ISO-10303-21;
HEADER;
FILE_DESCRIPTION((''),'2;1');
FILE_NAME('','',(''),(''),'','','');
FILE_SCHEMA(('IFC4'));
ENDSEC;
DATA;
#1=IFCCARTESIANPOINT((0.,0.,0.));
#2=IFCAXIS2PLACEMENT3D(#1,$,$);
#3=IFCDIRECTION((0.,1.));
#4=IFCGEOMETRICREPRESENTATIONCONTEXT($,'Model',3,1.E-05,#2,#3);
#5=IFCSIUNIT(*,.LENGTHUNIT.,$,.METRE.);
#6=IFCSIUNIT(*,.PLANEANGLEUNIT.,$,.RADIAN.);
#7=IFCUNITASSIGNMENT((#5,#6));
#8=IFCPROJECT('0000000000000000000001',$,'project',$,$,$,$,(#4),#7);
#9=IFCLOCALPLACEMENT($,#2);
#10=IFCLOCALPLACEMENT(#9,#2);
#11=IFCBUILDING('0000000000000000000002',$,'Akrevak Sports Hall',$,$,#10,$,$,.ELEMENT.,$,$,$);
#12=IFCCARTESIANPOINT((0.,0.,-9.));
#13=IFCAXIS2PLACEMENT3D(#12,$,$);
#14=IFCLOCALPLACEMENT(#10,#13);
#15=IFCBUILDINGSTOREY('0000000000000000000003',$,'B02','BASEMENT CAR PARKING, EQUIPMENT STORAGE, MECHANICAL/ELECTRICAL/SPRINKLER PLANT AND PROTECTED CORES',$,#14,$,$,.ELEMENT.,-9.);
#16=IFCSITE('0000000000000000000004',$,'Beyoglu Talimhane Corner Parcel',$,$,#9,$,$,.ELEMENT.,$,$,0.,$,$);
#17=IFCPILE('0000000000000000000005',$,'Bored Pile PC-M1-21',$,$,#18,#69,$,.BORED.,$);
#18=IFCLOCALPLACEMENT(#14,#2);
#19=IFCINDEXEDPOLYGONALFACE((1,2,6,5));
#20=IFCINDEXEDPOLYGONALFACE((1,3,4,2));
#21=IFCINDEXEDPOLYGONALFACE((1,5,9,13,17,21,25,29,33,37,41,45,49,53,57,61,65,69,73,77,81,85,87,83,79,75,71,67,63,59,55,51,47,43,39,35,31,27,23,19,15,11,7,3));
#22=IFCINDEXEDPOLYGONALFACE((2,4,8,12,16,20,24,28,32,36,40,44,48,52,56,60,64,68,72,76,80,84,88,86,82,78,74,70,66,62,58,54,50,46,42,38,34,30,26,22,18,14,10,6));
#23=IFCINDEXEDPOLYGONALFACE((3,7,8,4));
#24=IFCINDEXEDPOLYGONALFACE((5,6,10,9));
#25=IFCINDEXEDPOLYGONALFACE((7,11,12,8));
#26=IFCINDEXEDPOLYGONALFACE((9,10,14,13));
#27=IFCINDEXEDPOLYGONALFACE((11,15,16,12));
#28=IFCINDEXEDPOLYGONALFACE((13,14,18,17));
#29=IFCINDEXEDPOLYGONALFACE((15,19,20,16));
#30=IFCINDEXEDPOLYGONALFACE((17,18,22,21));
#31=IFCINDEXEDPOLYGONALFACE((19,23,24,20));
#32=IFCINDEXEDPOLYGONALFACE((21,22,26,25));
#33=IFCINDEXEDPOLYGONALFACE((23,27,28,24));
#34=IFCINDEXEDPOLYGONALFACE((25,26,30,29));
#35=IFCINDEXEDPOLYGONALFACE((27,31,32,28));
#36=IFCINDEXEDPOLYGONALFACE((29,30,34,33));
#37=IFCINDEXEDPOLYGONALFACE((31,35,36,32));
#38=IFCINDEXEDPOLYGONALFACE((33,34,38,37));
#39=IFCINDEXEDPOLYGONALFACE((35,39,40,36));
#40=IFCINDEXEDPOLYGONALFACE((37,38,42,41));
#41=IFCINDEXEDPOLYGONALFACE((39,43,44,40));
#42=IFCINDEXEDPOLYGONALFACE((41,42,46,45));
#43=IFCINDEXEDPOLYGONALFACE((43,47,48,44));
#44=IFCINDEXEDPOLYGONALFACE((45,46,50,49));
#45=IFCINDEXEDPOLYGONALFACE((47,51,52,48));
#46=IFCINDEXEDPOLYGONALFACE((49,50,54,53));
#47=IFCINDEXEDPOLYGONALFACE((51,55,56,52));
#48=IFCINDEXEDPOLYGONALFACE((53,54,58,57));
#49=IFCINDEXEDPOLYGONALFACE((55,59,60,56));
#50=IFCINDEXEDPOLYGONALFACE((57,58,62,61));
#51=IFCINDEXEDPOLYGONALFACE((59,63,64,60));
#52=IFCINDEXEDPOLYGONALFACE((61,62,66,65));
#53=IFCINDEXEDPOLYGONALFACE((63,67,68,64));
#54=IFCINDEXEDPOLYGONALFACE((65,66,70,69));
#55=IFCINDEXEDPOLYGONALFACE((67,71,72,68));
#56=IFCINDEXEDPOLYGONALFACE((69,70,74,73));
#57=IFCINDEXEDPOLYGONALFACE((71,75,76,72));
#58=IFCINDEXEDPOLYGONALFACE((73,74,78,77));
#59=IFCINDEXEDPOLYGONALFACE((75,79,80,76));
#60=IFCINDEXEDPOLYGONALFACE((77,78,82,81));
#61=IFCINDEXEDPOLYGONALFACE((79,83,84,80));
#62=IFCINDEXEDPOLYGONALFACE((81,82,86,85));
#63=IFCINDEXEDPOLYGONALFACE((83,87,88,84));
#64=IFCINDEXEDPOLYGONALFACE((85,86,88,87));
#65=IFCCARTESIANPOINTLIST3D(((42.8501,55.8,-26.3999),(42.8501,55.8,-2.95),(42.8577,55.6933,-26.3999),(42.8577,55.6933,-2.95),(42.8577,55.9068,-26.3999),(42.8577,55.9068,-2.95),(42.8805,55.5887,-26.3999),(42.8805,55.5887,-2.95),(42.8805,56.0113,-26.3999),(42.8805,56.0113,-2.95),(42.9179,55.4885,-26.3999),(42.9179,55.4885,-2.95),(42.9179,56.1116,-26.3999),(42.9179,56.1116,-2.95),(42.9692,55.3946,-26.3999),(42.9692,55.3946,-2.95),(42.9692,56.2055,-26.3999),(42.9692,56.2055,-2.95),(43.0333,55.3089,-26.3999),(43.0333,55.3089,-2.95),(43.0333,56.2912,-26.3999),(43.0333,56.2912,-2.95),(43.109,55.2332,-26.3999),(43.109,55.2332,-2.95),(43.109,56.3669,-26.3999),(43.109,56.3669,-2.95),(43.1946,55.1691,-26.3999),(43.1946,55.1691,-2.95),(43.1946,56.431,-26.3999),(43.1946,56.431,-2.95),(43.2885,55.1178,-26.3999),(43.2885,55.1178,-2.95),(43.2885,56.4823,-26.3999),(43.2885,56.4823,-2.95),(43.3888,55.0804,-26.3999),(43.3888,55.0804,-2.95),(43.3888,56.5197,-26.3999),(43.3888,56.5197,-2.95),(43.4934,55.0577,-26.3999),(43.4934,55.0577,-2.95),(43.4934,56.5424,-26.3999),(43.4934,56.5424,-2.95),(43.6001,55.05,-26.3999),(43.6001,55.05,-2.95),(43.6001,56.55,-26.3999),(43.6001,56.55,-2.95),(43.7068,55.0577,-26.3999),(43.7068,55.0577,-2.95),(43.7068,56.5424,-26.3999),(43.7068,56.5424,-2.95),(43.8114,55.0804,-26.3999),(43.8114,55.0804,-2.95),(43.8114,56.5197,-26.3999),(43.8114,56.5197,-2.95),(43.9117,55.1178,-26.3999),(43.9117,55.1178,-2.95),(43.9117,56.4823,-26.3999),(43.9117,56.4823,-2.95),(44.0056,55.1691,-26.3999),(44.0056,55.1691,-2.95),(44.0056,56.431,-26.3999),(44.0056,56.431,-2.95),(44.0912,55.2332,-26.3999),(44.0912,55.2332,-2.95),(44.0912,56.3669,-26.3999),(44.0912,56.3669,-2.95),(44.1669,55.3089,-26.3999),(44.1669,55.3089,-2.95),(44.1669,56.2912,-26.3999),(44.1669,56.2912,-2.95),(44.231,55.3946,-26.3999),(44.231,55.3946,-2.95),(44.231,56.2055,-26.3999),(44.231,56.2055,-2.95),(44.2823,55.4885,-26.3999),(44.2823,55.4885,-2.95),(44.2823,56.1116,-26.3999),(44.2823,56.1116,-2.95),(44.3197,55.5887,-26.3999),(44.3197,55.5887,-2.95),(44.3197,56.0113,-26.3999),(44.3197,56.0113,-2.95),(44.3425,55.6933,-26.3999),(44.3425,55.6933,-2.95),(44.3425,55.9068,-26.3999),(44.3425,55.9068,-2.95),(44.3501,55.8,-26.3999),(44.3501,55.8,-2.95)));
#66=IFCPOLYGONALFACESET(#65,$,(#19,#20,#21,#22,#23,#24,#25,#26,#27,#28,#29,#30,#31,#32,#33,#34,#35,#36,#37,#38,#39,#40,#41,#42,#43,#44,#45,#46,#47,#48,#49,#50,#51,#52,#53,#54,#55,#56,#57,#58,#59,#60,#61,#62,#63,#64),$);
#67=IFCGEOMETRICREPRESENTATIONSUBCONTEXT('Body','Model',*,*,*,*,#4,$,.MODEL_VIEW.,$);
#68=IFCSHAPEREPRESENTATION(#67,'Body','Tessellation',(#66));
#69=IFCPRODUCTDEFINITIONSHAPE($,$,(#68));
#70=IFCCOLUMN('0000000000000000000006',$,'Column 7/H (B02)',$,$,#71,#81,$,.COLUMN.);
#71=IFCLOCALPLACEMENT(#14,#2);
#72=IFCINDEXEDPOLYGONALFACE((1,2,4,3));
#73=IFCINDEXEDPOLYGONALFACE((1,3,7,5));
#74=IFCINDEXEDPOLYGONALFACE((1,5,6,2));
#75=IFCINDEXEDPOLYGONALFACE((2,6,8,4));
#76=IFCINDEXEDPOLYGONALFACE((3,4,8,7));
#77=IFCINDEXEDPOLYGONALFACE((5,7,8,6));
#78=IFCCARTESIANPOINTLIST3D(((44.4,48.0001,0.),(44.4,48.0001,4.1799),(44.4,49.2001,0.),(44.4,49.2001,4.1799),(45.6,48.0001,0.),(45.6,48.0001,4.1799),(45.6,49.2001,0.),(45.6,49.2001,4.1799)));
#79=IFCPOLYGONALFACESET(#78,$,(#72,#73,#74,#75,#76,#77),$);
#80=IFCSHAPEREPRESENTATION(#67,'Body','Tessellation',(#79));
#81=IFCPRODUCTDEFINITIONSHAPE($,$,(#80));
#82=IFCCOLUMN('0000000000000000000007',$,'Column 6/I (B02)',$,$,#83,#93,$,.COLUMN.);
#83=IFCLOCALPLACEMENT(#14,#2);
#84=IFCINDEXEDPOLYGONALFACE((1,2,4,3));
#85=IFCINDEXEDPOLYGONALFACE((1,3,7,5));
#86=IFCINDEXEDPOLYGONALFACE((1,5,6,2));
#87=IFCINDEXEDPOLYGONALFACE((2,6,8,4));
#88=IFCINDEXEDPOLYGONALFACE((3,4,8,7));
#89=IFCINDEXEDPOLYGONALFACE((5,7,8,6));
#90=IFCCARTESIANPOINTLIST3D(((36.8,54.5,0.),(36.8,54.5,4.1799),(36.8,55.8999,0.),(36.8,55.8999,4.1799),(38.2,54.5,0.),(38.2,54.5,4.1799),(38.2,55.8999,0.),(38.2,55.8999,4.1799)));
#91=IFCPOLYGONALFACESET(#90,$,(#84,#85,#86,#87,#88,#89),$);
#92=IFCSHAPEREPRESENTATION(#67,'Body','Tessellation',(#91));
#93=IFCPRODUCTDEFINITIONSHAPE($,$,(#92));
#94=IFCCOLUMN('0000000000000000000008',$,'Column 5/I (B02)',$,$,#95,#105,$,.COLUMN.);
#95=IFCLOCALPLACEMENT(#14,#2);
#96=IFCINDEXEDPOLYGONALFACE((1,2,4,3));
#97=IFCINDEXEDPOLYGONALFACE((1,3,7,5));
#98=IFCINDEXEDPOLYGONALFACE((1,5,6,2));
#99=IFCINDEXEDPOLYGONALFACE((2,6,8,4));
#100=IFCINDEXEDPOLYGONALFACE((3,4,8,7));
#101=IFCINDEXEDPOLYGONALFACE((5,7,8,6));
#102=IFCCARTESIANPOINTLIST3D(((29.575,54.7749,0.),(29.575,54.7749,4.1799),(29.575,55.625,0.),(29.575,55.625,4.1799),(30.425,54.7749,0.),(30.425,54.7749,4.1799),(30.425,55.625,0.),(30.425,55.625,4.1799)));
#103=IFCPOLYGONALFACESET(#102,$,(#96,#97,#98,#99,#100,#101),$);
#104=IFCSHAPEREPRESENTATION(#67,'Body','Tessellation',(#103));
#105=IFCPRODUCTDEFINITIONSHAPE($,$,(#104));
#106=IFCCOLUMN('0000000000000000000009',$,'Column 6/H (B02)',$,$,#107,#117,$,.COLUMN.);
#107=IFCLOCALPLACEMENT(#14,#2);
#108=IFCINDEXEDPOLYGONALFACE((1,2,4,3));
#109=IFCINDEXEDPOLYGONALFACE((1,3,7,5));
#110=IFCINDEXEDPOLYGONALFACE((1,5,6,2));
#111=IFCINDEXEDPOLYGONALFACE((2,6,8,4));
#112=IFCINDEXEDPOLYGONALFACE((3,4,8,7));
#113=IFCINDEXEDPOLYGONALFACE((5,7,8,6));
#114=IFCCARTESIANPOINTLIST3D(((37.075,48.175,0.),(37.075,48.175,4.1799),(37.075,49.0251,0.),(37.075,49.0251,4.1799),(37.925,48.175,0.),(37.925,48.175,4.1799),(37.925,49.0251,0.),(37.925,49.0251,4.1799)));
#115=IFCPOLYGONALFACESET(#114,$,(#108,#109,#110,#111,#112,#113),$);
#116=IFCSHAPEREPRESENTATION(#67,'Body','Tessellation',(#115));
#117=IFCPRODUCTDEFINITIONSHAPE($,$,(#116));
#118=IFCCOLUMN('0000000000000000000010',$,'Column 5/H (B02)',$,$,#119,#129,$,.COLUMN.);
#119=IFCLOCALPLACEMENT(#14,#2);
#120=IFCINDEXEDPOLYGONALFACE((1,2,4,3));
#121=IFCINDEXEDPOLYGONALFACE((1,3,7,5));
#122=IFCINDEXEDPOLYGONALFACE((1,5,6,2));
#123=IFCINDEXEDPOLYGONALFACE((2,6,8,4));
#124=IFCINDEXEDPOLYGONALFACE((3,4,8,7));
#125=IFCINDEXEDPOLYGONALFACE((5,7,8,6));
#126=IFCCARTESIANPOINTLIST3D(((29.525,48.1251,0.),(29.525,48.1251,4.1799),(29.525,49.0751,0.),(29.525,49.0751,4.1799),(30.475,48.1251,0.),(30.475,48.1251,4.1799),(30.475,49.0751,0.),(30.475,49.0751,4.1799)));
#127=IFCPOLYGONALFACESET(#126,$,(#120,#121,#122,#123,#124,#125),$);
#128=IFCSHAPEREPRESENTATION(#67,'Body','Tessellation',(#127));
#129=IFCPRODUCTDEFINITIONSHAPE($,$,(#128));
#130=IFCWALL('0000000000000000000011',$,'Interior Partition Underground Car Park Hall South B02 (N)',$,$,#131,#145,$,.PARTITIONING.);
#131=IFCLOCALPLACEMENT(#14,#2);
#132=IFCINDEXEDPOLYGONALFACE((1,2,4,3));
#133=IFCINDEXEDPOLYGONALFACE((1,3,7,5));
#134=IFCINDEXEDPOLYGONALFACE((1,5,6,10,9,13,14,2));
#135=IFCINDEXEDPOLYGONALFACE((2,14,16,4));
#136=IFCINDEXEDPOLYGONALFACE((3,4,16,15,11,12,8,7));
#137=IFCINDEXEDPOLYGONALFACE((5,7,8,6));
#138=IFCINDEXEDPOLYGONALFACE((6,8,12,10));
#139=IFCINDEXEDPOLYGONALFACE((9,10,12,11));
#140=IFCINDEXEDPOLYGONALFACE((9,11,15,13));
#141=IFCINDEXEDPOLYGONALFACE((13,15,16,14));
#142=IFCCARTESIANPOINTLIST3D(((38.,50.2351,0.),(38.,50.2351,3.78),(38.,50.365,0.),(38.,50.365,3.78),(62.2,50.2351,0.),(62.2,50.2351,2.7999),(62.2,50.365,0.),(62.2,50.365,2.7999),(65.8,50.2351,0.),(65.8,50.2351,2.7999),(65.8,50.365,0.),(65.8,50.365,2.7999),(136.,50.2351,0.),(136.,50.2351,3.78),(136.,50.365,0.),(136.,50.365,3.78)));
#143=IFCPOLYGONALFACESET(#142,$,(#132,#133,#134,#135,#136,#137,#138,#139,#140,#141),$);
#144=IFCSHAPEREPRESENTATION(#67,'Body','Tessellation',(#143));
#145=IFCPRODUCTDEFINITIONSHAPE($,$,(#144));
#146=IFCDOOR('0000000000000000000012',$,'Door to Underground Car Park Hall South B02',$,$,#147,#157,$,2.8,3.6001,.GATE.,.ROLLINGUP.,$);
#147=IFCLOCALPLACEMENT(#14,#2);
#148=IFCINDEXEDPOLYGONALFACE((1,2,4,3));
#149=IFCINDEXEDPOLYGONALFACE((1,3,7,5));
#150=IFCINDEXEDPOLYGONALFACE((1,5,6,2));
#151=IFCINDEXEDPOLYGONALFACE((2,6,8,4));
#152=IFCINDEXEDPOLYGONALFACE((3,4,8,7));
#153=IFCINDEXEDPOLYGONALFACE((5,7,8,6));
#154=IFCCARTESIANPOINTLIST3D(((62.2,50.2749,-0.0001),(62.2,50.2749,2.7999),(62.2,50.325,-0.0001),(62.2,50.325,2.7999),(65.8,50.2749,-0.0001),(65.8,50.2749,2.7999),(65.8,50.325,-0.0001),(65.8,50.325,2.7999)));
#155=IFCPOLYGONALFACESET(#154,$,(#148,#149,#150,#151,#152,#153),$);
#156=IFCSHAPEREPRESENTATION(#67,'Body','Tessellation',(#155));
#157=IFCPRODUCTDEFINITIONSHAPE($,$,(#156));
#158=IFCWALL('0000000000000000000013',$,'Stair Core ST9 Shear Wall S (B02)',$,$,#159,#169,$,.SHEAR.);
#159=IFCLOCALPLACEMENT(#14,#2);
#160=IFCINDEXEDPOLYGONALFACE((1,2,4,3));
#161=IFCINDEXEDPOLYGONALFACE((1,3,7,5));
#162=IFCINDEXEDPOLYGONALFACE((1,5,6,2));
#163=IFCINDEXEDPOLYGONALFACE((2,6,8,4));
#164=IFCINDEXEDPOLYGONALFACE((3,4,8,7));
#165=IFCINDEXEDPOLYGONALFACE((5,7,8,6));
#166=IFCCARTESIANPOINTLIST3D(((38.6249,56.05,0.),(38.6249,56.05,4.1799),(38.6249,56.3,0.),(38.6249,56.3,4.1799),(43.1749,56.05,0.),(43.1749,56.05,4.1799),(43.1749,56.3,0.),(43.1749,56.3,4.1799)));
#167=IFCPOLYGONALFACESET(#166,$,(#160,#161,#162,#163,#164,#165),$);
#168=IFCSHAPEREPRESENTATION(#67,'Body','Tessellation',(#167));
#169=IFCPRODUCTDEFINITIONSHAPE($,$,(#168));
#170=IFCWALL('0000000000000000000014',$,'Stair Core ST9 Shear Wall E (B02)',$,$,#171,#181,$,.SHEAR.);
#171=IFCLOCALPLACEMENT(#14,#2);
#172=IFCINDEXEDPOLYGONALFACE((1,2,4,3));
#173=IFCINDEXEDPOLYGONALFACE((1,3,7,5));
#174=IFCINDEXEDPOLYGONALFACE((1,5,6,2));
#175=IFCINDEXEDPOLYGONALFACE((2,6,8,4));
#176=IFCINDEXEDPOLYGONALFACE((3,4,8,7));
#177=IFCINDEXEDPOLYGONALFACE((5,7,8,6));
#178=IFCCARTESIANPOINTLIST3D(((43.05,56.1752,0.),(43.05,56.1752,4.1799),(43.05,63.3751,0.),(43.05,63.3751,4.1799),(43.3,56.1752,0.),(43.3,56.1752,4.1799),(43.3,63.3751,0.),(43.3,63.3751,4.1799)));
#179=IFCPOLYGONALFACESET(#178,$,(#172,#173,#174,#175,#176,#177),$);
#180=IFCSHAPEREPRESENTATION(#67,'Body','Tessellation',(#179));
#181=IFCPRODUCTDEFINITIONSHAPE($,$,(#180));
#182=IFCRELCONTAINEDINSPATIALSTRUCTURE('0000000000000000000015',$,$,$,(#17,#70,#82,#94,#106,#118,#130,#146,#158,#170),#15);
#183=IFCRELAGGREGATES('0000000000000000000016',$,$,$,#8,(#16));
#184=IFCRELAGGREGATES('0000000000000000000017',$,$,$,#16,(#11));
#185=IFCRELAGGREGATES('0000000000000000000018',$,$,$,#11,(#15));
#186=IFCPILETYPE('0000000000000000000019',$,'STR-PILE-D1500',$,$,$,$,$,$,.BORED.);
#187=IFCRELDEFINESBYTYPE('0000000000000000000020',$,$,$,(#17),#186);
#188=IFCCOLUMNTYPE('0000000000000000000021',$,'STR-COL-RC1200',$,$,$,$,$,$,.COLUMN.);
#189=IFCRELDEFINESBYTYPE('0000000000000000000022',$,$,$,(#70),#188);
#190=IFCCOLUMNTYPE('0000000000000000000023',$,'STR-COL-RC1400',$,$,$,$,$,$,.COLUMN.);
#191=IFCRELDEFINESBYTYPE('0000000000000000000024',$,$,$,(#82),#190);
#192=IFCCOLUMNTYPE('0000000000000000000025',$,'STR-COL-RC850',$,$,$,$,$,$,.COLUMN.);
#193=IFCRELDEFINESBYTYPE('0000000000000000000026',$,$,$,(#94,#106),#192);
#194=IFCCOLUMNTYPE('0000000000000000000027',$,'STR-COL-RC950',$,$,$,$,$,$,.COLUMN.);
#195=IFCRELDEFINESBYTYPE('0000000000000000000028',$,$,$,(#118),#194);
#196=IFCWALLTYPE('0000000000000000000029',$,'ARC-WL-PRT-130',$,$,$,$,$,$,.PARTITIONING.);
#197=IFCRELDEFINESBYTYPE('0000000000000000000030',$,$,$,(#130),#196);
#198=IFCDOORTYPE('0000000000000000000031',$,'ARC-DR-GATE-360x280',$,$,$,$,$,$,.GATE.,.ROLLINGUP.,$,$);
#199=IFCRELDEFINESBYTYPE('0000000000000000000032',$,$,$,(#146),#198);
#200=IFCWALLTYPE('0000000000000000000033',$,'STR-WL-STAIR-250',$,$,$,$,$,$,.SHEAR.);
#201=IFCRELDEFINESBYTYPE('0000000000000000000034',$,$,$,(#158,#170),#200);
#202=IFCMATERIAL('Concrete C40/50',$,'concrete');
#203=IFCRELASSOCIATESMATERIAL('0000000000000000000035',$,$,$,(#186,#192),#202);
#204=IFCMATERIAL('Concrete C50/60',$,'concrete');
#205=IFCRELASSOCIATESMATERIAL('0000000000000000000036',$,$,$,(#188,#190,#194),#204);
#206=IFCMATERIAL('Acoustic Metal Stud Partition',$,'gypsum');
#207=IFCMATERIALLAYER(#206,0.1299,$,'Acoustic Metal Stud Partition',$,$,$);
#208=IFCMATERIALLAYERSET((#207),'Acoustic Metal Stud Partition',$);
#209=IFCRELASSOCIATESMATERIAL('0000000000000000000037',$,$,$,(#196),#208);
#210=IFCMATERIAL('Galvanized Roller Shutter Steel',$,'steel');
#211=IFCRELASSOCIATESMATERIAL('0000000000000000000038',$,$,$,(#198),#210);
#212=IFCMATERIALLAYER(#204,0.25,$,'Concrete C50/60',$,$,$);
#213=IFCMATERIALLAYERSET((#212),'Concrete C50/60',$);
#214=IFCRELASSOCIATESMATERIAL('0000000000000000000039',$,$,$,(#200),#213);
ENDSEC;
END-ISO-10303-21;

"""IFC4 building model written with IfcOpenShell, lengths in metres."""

from ifc_helpers import new_model, si_unit, direction, frame, frame_2d, origin, origin_2d, place, context, subcontext, project, spatial, rectangle, circle, extrude, material, layer, layer_set, material_profile, profile_set, type_object, element, fill, save


model = new_model("IFC4")

# Units and contexts
model_context = context("Model", 3, precision=1e-05, world=origin(), true_north=direction((0.0, 1.0)))
body_context = subcontext(model_context, "Body", "Model", "MODEL_VIEW")
ifc_project = project(units=[si_unit("LENGTHUNIT", "METRE"), si_unit("PLANEANGLEUNIT", "RADIAN")], contexts=[model_context])

# Site, building, storey
site_placement = place(None, origin())
site = spatial("IfcSite", under=ifc_project, at=site_placement, Name="Beyoglu Talimhane Corner Parcel", CompositionType="ELEMENT", RefElevation=0.0)
building_placement = place(site_placement, origin())
building = spatial("IfcBuilding", under=site, at=building_placement, Name="Akrevak Sports Hall", CompositionType="ELEMENT")
storey_placement = place(building_placement, frame((0.0, 0.0, -9.0)))
storey = spatial("IfcBuildingStorey", under=building, at=storey_placement, Name="B02", Description="BASEMENT CAR PARKING, EQUIPMENT STORAGE, MECHANICAL/ELECTRICAL/SPRINKLER PLANT AND PROTECTED CORES", CompositionType="ELEMENT", Elevation=-9.0)

# Shared definitions
ifc_material_1 = material(Name="Concrete C40/50", Category="concrete")

# Pile
ifc_material_profile_1 = material_profile(ifc_material_1, circle(Radius=0.75, at=origin_2d()), Name="BORED PILE D1500", Category="concrete")
ifc_profile_set_1 = profile_set([ifc_material_profile_1], Name="Concrete C40/50")
pile_type_1 = type_object("IfcPileType", Name="STR-PILE-D1500", PredefinedType="BORED", material=ifc_profile_set_1)
for number, where, z_axis, x_axis, name in (
    (1, (43.6001, 55.8, -2.95), (0.0, 0.0, -1.0), (1.0, 0.0, 0.0), "Bored Pile PC-M1-21"),
):
    element("IfcPile", number, at=place(storey_placement, frame(where, z_axis=z_axis, x_axis=x_axis)), inside=storey, type_object=pile_type_1, Name=name, PredefinedType="BORED", context=body_context, shape_type="SweptSolid", body=[
        extrude(circle(Radius=0.75, at=origin_2d()), origin(), (0.0, 0.0, 1.0), 23.45),
    ])

# Columns
ifc_material_2 = material(Name="Concrete C50/60", Category="concrete")
ifc_material_profile_2 = material_profile(ifc_material_2, rectangle(XDim=1.2, YDim=1.2, at=origin_2d()), Name="RC 1200x1200", Category="concrete")
ifc_profile_set_2 = profile_set([ifc_material_profile_2], Name="Concrete C50/60")
column_type_1 = type_object("IfcColumnType", Name="STR-COL-RC1200", PredefinedType="COLUMN", material=ifc_profile_set_2)
column_1_placement = place(storey_placement, frame((45.0, 48.6001, 0.0), z_axis=(0.0, 0.0, 1.0), x_axis=(1.0, 0.0, 0.0)))
element("IfcColumn", 2, at=column_1_placement, inside=storey, type_object=column_type_1, Name="Column 7/H (B02)", PredefinedType="COLUMN", context=body_context, shape_type="SweptSolid", body=[
    extrude(rectangle(XDim=1.2, YDim=1.2, at=origin_2d()), origin(), (0.0, 0.0, 1.0), 4.1799),
])
ifc_material_profile_3 = material_profile(ifc_material_2, rectangle(XDim=1.3999, YDim=1.3999, at=origin_2d()), Name="RC 1400x1400", Category="concrete")
ifc_profile_set_3 = profile_set([ifc_material_profile_3], Name="Concrete C50/60")
column_type_2 = type_object("IfcColumnType", Name="STR-COL-RC1400", PredefinedType="COLUMN", material=ifc_profile_set_3)
column_2_placement = place(storey_placement, frame((37.5, 55.2, 0.0), z_axis=(0.0, 0.0, 1.0), x_axis=(1.0, 0.0, 0.0)))
element("IfcColumn", 3, at=column_2_placement, inside=storey, type_object=column_type_2, Name="Column 6/I (B02)", PredefinedType="COLUMN", context=body_context, shape_type="SweptSolid", body=[
    extrude(rectangle(XDim=1.3999, YDim=1.3999, at=origin_2d()), origin(), (0.0, 0.0, 1.0), 4.1799),
])
ifc_material_profile_4 = material_profile(ifc_material_1, rectangle(XDim=0.8501, YDim=0.8501, at=origin_2d()), Name="RC 850x850", Category="concrete")
ifc_profile_set_4 = profile_set([ifc_material_profile_4], Name="Concrete C40/50")
column_type_3 = type_object("IfcColumnType", Name="STR-COL-RC850", PredefinedType="COLUMN", material=ifc_profile_set_4)
for number, where, z_axis, x_axis, name in (
    (4, (30.0, 55.2, 0.0), (0.0, 0.0, 1.0), (1.0, 0.0, 0.0), "Column 5/I (B02)"),
    (5, (37.5, 48.6001, 0.0), (0.0, 0.0, 1.0), (1.0, 0.0, 0.0), "Column 6/H (B02)"),
):
    element("IfcColumn", number, at=place(storey_placement, frame(where, z_axis=z_axis, x_axis=x_axis)), inside=storey, type_object=column_type_3, Name=name, PredefinedType="COLUMN", context=body_context, shape_type="SweptSolid", body=[
        extrude(rectangle(XDim=0.8501, YDim=0.8501, at=origin_2d()), origin(), (0.0, 0.0, 1.0), 4.1799),
    ])
ifc_material_profile_5 = material_profile(ifc_material_2, rectangle(XDim=0.95, YDim=0.95, at=origin_2d()), Name="RC 950x950", Category="concrete")
ifc_profile_set_5 = profile_set([ifc_material_profile_5], Name="Concrete C50/60")
column_type_4 = type_object("IfcColumnType", Name="STR-COL-RC950", PredefinedType="COLUMN", material=ifc_profile_set_5)
column_3_placement = place(storey_placement, frame((30.0, 48.6001, 0.0), z_axis=(0.0, 0.0, 1.0), x_axis=(1.0, 0.0, 0.0)))
element("IfcColumn", 6, at=column_3_placement, inside=storey, type_object=column_type_4, Name="Column 5/H (B02)", PredefinedType="COLUMN", context=body_context, shape_type="SweptSolid", body=[
    extrude(rectangle(XDim=0.95, YDim=0.95, at=origin_2d()), origin(), (0.0, 0.0, 1.0), 4.1799),
])

# Wall, opening, door
ifc_material_3 = material(Name="Acoustic Metal Stud Partition", Category="gypsum")
ifc_layer_1 = layer(ifc_material_3, 0.1299, Name="Acoustic Metal Stud Partition")
ifc_layer_set_1 = layer_set([ifc_layer_1], Name="Acoustic Metal Stud Partition")
wall_type_1 = type_object("IfcWallType", Name="ARC-WL-PRT-130", PredefinedType="PARTITIONING", material=ifc_layer_set_1)
wall_1_placement = place(storey_placement, frame((38.0, 50.3, 0.0), z_axis=(0.0, 0.0, 1.0), x_axis=(1.0, 0.0, 0.0)))
wall_1 = element("IfcWall", 7, at=wall_1_placement, inside=storey, type_object=wall_type_1, Name="Interior Partition Underground Car Park Hall South B02 (N)", PredefinedType="PARTITIONING", context=body_context, shape_type="SweptSolid", body=[
    extrude(rectangle(XDim=98.0, YDim=0.1299, at=frame_2d((49.0, 0.0))), origin(), (0.0, 0.0, 1.0), 3.78),
])
opening_placement = place(wall_1_placement, frame((24.2, 0.0, 0.0)))
opening = element("IfcOpeningElement", 8, at=opening_placement, cuts=wall_1, PredefinedType="OPENING", context=body_context, shape_type="SweptSolid", body=[
    extrude(rectangle(XDim=3.6001, YDim=2.8, at=frame_2d((1.8, 1.3999))), frame((0.0, 0.0769, 0.0), z_axis=(0.0, -1.0, 0.0), x_axis=(1.0, 0.0, 0.0)), (0.0, 0.0, 1.0), 0.1538),
])
ifc_material_4 = material(Name="Galvanized Roller Shutter Steel", Category="steel")
door_type = type_object("IfcDoorType", Name="ARC-DR-GATE-360x280", OperationType="ROLLINGUP", PredefinedType="GATE", material=ifc_material_4)
door_placement = place(opening_placement, origin())
door = element("IfcDoor", 9, at=door_placement, inside=storey, type_object=door_type, Name="Door to Underground Car Park Hall South B02", OperationType="ROLLINGUP", OverallHeight=2.8, OverallWidth=3.6001, PredefinedType="GATE", context=body_context, shape_type="SweptSolid", body=[
    extrude(rectangle(XDim=3.6001, YDim=2.8, at=frame_2d((1.8, 1.3999))), frame((0.0, 0.0249, 0.0), z_axis=(0.0, -1.0, 0.0), x_axis=(1.0, 0.0, 0.0)), (0.0, 0.0, 1.0), 0.05),
])
fill(opening, door)

# Walls
ifc_layer_2 = layer(ifc_material_2, 0.25, Name="Concrete C50/60")
ifc_layer_set_2 = layer_set([ifc_layer_2], Name="Concrete C50/60")
wall_type_2 = type_object("IfcWallType", Name="STR-WL-STAIR-250", PredefinedType="SHEAR", material=ifc_layer_set_2)
wall_2_placement = place(storey_placement, frame((38.625, 56.175, 0.0), z_axis=(0.0, 0.0, 1.0), x_axis=(1.0, 0.0, 0.0)))
element("IfcWall", 10, at=wall_2_placement, inside=storey, type_object=wall_type_2, Name="Stair Core ST9 Shear Wall S (B02)", PredefinedType="SHEAR", context=body_context, shape_type="SweptSolid", body=[
    extrude(rectangle(XDim=4.55, YDim=0.25, at=frame_2d((2.2749, 0.0))), origin(), (0.0, 0.0, 1.0), 4.1799),
])
wall_3_placement = place(storey_placement, frame((43.175, 56.175, 0.0), z_axis=(0.0, 0.0, 1.0), x_axis=(0.0, 1.0, 0.0)))
element("IfcWall", 11, at=wall_3_placement, inside=storey, type_object=wall_type_2, Name="Stair Core ST9 Shear Wall E (B02)", PredefinedType="SHEAR", context=body_context, shape_type="SweptSolid", body=[
    extrude(rectangle(XDim=7.2, YDim=0.25, at=frame_2d((3.6001, 0.0))), origin(), (0.0, 0.0, 1.0), 4.1799),
])

save(model, "model.ifc")
